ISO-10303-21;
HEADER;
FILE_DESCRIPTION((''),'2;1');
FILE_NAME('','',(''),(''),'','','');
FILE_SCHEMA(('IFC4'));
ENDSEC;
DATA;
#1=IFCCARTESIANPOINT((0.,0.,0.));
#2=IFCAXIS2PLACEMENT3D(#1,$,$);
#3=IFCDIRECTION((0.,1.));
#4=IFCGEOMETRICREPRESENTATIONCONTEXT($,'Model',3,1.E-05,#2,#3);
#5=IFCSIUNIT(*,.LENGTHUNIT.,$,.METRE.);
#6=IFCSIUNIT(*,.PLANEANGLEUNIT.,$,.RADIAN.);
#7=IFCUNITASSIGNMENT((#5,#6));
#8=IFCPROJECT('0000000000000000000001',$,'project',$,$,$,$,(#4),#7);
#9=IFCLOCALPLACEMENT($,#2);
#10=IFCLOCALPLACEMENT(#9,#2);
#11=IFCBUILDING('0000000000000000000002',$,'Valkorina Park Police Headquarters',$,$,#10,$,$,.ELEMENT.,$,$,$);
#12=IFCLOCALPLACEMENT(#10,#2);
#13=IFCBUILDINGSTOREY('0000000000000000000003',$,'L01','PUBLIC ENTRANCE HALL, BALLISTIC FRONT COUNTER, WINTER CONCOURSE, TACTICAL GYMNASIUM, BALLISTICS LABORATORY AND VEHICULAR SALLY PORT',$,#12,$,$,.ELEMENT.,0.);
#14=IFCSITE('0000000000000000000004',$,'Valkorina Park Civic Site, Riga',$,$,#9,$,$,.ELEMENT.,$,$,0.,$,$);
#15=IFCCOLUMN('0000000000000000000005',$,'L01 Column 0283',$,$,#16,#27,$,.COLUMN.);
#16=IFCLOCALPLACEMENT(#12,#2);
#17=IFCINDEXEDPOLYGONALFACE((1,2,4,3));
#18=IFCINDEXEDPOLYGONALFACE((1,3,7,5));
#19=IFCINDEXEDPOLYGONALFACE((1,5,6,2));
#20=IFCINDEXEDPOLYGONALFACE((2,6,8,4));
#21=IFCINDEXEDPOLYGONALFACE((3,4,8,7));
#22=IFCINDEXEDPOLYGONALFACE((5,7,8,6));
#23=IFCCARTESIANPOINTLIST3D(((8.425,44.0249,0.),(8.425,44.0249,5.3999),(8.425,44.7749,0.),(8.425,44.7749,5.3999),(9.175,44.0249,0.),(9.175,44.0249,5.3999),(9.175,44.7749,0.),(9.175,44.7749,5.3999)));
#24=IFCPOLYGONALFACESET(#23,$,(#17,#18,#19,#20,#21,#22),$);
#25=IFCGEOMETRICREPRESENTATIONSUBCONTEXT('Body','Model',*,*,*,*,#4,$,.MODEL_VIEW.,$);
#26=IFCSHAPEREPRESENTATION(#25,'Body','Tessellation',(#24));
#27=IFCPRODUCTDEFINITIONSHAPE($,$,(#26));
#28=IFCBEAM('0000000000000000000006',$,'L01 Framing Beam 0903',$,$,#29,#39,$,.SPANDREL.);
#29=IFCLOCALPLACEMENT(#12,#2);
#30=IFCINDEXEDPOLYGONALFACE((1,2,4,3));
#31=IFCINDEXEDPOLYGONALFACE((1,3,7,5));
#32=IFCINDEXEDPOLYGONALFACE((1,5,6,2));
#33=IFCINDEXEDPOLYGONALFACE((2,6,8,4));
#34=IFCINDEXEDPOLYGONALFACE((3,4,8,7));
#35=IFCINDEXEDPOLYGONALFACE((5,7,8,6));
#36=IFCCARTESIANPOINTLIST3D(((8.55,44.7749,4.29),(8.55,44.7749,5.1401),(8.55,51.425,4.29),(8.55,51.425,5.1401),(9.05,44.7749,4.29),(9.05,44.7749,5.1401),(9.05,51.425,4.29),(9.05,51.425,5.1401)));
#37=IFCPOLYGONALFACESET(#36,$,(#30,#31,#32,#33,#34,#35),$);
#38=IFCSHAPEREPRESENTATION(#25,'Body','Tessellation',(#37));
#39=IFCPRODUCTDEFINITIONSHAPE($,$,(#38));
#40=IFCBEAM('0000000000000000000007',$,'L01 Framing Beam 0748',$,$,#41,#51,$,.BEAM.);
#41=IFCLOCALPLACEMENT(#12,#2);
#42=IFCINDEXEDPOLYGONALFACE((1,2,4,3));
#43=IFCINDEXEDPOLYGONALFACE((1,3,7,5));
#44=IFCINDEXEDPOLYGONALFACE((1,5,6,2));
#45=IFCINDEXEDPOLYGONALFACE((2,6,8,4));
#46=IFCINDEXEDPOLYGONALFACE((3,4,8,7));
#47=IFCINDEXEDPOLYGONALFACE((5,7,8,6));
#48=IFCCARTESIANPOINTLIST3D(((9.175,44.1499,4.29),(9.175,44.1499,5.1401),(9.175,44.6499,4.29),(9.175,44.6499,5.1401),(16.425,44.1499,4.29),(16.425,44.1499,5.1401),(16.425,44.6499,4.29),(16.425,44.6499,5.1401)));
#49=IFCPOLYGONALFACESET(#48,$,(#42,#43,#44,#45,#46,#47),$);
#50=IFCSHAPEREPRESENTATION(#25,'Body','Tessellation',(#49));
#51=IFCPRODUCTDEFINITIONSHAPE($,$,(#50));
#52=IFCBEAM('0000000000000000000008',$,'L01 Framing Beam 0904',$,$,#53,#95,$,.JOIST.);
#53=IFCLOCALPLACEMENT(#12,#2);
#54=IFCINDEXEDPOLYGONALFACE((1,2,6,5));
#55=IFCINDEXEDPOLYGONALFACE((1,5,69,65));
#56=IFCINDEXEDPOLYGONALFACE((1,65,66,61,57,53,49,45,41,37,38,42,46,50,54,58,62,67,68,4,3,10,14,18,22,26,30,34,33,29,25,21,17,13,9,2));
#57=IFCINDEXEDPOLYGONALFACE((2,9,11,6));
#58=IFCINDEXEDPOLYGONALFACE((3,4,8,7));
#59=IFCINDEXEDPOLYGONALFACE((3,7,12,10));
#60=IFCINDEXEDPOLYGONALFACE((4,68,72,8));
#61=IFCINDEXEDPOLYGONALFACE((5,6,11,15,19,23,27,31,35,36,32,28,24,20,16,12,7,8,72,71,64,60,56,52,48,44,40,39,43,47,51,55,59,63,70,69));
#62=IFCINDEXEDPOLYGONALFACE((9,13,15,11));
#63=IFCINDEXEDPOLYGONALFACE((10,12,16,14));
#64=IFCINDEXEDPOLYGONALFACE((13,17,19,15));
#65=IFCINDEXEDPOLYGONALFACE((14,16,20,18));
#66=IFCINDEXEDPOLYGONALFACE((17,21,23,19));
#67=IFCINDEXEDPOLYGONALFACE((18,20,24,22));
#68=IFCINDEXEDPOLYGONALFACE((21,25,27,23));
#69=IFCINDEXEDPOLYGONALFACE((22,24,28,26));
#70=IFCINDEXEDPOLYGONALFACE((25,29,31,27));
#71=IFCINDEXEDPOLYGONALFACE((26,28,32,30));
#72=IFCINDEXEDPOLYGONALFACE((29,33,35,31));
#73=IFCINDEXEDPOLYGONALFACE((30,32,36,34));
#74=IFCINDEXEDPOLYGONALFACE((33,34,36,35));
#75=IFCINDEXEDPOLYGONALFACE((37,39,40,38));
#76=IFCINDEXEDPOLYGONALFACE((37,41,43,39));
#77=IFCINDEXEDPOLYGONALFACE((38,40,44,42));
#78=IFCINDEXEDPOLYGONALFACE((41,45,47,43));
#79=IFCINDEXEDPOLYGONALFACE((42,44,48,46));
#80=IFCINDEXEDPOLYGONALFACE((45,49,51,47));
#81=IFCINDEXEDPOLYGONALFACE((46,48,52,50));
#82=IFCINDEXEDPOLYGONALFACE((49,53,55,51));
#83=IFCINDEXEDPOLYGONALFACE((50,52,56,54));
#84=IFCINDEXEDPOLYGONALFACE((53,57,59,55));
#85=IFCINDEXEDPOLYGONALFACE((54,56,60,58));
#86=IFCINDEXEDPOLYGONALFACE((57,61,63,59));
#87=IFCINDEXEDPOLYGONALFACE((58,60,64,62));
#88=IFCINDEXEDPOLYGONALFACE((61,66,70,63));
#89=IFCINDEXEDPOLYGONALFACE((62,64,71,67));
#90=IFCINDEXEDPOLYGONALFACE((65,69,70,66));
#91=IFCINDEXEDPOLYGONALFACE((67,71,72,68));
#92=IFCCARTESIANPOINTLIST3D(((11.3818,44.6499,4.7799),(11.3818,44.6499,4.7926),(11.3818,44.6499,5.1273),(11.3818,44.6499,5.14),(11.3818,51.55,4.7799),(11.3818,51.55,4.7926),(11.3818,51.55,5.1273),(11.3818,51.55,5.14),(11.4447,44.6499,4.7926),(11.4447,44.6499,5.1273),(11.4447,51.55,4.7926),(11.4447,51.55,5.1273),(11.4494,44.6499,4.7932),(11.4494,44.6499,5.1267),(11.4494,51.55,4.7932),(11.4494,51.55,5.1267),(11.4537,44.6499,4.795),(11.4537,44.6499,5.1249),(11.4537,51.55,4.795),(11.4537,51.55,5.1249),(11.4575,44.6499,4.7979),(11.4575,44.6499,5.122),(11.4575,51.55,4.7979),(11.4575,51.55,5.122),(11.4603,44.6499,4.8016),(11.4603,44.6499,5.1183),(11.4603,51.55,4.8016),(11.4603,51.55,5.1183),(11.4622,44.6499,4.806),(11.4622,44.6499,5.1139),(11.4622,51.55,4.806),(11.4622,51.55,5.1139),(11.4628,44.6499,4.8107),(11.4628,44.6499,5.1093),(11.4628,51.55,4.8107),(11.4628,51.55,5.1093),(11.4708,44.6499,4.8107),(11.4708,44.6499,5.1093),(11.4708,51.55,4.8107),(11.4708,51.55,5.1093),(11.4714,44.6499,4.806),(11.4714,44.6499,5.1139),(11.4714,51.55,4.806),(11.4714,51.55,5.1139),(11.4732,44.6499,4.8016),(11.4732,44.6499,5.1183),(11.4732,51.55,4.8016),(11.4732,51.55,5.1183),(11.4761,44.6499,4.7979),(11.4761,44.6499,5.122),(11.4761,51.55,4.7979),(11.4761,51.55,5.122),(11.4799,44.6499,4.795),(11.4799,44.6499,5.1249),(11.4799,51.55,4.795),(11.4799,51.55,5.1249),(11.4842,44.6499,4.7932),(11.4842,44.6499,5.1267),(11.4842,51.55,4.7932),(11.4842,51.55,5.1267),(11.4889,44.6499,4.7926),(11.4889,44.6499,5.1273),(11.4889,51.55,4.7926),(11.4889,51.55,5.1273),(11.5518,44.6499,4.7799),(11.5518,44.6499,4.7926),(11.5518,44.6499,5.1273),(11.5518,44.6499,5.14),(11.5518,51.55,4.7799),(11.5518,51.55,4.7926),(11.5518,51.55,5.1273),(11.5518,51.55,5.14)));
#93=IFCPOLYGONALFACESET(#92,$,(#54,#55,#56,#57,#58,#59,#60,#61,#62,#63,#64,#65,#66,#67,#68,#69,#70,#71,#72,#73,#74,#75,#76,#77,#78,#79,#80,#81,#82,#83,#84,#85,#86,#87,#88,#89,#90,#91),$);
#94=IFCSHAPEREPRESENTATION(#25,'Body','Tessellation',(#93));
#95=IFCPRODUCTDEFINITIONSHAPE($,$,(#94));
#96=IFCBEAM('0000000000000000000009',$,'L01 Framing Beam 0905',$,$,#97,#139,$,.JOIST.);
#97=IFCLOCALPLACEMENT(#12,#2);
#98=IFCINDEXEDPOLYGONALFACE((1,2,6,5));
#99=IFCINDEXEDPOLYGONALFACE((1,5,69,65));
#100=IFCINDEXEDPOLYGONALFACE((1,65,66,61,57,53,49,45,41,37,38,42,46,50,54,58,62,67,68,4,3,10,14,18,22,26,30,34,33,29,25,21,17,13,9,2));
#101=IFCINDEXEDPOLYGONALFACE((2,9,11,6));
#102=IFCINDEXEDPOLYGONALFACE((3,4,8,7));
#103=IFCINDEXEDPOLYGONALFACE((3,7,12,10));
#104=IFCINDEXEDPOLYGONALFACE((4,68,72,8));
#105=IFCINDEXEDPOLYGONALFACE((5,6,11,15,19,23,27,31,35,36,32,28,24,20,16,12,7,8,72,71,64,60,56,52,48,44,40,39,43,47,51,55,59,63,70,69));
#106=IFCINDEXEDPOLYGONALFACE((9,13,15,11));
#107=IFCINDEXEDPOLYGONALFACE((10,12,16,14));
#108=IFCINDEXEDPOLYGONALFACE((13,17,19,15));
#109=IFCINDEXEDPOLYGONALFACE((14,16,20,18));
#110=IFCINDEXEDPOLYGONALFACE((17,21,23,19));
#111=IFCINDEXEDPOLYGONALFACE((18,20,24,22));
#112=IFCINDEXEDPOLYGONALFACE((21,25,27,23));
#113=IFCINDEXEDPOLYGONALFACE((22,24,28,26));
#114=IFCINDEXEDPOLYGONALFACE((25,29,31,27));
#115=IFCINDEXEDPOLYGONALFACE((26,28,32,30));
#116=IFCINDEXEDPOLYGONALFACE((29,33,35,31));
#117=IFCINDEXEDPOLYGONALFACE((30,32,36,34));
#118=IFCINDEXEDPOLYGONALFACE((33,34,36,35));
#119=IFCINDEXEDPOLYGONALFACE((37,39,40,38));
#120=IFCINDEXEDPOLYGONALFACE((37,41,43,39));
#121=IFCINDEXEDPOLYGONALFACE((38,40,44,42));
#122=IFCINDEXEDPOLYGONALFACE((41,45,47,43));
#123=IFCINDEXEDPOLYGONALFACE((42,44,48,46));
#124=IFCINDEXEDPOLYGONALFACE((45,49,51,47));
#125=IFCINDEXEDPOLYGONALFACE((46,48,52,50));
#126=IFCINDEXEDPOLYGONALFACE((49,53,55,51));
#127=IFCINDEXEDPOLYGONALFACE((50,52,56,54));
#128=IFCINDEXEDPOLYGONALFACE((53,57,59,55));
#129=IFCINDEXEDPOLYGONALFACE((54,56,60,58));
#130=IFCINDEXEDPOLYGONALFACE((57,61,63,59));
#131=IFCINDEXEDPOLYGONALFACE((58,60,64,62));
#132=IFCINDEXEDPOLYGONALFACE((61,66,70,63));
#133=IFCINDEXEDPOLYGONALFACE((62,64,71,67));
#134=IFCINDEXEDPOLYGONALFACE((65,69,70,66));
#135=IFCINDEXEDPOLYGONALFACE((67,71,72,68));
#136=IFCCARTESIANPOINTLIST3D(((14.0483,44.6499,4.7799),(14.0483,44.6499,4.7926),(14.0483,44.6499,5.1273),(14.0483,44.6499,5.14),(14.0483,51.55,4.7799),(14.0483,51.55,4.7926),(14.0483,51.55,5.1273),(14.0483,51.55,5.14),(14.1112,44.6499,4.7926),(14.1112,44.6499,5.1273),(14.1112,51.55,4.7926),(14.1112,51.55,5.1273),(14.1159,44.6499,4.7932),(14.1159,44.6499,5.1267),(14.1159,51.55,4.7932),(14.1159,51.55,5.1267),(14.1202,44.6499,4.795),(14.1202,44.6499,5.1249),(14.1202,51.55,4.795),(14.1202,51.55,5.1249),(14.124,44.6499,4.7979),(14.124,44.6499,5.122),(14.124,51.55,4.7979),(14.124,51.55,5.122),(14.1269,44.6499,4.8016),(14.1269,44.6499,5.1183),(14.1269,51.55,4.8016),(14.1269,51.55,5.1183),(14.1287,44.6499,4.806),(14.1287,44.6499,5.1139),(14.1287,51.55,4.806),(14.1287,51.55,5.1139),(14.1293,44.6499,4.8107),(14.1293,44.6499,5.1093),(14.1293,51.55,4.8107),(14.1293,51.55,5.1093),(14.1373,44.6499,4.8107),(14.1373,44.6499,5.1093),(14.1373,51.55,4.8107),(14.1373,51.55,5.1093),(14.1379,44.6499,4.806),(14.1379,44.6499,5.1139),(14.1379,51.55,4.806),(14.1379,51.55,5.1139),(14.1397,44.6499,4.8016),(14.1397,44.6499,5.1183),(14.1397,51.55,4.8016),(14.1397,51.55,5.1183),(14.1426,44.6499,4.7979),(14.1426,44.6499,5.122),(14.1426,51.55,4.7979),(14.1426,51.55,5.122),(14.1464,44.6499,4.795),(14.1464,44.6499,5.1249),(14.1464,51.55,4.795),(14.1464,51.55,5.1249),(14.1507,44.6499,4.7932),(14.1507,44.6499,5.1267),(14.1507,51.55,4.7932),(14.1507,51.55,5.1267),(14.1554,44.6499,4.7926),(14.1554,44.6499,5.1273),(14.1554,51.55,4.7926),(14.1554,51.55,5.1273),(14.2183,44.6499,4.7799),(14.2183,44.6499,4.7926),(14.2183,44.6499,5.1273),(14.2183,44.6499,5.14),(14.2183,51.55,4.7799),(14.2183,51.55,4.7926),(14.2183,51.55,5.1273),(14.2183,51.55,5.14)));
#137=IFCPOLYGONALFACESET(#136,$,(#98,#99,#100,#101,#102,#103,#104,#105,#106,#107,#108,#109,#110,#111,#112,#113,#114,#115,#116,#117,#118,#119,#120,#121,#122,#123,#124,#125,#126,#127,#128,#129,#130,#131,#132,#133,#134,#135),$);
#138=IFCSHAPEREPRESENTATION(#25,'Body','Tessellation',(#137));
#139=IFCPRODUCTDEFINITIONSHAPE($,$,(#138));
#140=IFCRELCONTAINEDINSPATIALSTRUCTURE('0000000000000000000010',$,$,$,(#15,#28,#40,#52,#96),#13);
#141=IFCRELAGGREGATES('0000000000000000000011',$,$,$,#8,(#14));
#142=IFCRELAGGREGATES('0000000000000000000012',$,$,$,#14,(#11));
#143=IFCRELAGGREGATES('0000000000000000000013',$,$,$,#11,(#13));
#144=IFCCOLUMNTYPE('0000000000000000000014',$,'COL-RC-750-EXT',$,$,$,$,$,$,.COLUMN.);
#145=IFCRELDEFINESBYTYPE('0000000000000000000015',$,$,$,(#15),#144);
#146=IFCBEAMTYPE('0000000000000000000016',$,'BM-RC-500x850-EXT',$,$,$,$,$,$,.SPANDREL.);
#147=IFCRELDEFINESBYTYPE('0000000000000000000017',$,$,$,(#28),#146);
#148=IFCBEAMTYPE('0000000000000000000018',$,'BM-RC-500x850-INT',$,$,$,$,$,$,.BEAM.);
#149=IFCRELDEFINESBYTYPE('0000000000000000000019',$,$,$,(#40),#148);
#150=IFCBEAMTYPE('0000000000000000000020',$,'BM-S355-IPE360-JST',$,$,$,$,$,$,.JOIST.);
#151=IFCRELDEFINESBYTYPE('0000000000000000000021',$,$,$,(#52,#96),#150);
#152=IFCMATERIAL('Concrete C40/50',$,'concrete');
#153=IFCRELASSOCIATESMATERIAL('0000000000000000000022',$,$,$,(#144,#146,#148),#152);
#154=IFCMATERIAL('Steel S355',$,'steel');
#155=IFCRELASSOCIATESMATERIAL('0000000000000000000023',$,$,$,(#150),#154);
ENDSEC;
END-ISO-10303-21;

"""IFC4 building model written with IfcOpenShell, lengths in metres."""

from ifc_helpers import new_model, si_unit, direction, frame, origin, origin_2d, place, context, subcontext, project, spatial, rectangle, i_section, extrude, material, material_profile, profile_set, type_object, element, save


model = new_model("IFC4")

# Units and contexts
model_context = context("Model", 3, precision=1e-05, world=origin(), true_north=direction((0.0, 1.0)))
body_context = subcontext(model_context, "Body", "Model", "MODEL_VIEW")
ifc_project = project(units=[si_unit("LENGTHUNIT", "METRE"), si_unit("PLANEANGLEUNIT", "RADIAN")], contexts=[model_context])

# Site, building, storey
site_placement = place(None, origin())
site = spatial("IfcSite", under=ifc_project, at=site_placement, Name="Valkorina Park Civic Site, Riga", CompositionType="ELEMENT", RefElevation=0.0)
building_placement = place(site_placement, origin())
building = spatial("IfcBuilding", under=site, at=building_placement, Name="Valkorina Park Police Headquarters", CompositionType="ELEMENT")
storey_placement = place(building_placement, origin())
storey = spatial("IfcBuildingStorey", under=building, at=storey_placement, Name="L01", Description="PUBLIC ENTRANCE HALL, BALLISTIC FRONT COUNTER, WINTER CONCOURSE, TACTICAL GYMNASIUM, BALLISTICS LABORATORY AND VEHICULAR SALLY PORT", CompositionType="ELEMENT", Elevation=0.0)

# Column
ifc_material_1 = material(Name="Concrete C40/50", Category="concrete")
ifc_material_profile_1 = material_profile(ifc_material_1, rectangle(XDim=0.75, YDim=0.75, at=origin_2d()), Name="RC COL 750x750")
ifc_profile_set_1 = profile_set([ifc_material_profile_1], Name="Concrete C40/50")
column_type = type_object("IfcColumnType", Name="COL-RC-750-EXT", PredefinedType="COLUMN", material=ifc_profile_set_1)
column_placement = place(storey_placement, frame((8.8, 44.3999, 0.0), z_axis=(0.0, 0.0, 1.0), x_axis=(1.0, 0.0, 0.0)))
element("IfcColumn", 1, at=column_placement, inside=storey, type_object=column_type, Name="L01 Column 0283", PredefinedType="COLUMN", context=body_context, shape_type="SweptSolid", body=[
    extrude(rectangle(XDim=0.75, YDim=0.75, at=origin_2d()), origin(), (0.0, 0.0, 1.0), 5.3999),
])

# Beams
ifc_material_profile_2 = material_profile(ifc_material_1, rectangle(XDim=0.5, YDim=0.8501, at=origin_2d()), Name="RC BEAM 500x850")
ifc_profile_set_2 = profile_set([ifc_material_profile_2], Name="Concrete C40/50")
beam_type_1 = type_object("IfcBeamType", Name="BM-RC-500x850-EXT", PredefinedType="SPANDREL", material=ifc_profile_set_2)
beam_1_placement = place(storey_placement, frame((8.8, 44.7749, 4.7151), z_axis=(0.0, 1.0, 0.0), x_axis=(-1.0, 0.0, 0.0)))
element("IfcBeam", 2, at=beam_1_placement, inside=storey, type_object=beam_type_1, Name="L01 Framing Beam 0903", PredefinedType="SPANDREL", context=body_context, shape_type="SweptSolid", body=[
    extrude(rectangle(XDim=0.5, YDim=0.8501, at=origin_2d()), origin(), (0.0, 0.0, 1.0), 6.6501),
])
ifc_material_profile_3 = material_profile(ifc_material_1, rectangle(XDim=0.5, YDim=0.8501, at=origin_2d()), Name="RC BEAM 500x850")
ifc_profile_set_3 = profile_set([ifc_material_profile_3], Name="Concrete C40/50")
beam_type_2 = type_object("IfcBeamType", Name="BM-RC-500x850-INT", PredefinedType="BEAM", material=ifc_profile_set_3)
beam_2_placement = place(storey_placement, frame((9.175, 44.3999, 4.7151), z_axis=(1.0, 0.0, 0.0), x_axis=(0.0, 1.0, 0.0)))
element("IfcBeam", 3, at=beam_2_placement, inside=storey, type_object=beam_type_2, Name="L01 Framing Beam 0748", PredefinedType="BEAM", context=body_context, shape_type="SweptSolid", body=[
    extrude(rectangle(XDim=0.5, YDim=0.8501, at=origin_2d()), origin(), (0.0, 0.0, 1.0), 7.25),
])
ifc_material_2 = material(Name="Steel S355", Category="steel")
ifc_material_profile_4 = material_profile(ifc_material_2, i_section(OverallWidth=0.1699, OverallDepth=0.3601, WebThickness=0.0081, FlangeThickness=0.0127, FilletRadius=0.0181, at=origin_2d()), Name="IPE 360")
ifc_profile_set_4 = profile_set([ifc_material_profile_4], Name="Steel S355")
beam_type_3 = type_object("IfcBeamType", Name="BM-S355-IPE360-JST", PredefinedType="JOIST", material=ifc_profile_set_4)
for number, where, z_axis, x_axis, name in (
    (4, (11.4668, 44.6499, 4.96), (0.0, 1.0, 0.0), (-1.0, 0.0, 0.0), "L01 Framing Beam 0904"),
    (5, (14.1333, 44.6499, 4.96), (0.0, 1.0, 0.0), (-1.0, 0.0, 0.0), "L01 Framing Beam 0905"),
):
    element("IfcBeam", number, at=place(storey_placement, frame(where, z_axis=z_axis, x_axis=x_axis)), inside=storey, type_object=beam_type_3, Name=name, PredefinedType="JOIST", context=body_context, shape_type="SweptSolid", body=[
        extrude(i_section(OverallWidth=0.1699, OverallDepth=0.3601, WebThickness=0.0081, FlangeThickness=0.0127, FilletRadius=0.0181, at=origin_2d()), origin(), (0.0, 0.0, 1.0), 6.9001),
    ])

save(model, "model.ifc")
